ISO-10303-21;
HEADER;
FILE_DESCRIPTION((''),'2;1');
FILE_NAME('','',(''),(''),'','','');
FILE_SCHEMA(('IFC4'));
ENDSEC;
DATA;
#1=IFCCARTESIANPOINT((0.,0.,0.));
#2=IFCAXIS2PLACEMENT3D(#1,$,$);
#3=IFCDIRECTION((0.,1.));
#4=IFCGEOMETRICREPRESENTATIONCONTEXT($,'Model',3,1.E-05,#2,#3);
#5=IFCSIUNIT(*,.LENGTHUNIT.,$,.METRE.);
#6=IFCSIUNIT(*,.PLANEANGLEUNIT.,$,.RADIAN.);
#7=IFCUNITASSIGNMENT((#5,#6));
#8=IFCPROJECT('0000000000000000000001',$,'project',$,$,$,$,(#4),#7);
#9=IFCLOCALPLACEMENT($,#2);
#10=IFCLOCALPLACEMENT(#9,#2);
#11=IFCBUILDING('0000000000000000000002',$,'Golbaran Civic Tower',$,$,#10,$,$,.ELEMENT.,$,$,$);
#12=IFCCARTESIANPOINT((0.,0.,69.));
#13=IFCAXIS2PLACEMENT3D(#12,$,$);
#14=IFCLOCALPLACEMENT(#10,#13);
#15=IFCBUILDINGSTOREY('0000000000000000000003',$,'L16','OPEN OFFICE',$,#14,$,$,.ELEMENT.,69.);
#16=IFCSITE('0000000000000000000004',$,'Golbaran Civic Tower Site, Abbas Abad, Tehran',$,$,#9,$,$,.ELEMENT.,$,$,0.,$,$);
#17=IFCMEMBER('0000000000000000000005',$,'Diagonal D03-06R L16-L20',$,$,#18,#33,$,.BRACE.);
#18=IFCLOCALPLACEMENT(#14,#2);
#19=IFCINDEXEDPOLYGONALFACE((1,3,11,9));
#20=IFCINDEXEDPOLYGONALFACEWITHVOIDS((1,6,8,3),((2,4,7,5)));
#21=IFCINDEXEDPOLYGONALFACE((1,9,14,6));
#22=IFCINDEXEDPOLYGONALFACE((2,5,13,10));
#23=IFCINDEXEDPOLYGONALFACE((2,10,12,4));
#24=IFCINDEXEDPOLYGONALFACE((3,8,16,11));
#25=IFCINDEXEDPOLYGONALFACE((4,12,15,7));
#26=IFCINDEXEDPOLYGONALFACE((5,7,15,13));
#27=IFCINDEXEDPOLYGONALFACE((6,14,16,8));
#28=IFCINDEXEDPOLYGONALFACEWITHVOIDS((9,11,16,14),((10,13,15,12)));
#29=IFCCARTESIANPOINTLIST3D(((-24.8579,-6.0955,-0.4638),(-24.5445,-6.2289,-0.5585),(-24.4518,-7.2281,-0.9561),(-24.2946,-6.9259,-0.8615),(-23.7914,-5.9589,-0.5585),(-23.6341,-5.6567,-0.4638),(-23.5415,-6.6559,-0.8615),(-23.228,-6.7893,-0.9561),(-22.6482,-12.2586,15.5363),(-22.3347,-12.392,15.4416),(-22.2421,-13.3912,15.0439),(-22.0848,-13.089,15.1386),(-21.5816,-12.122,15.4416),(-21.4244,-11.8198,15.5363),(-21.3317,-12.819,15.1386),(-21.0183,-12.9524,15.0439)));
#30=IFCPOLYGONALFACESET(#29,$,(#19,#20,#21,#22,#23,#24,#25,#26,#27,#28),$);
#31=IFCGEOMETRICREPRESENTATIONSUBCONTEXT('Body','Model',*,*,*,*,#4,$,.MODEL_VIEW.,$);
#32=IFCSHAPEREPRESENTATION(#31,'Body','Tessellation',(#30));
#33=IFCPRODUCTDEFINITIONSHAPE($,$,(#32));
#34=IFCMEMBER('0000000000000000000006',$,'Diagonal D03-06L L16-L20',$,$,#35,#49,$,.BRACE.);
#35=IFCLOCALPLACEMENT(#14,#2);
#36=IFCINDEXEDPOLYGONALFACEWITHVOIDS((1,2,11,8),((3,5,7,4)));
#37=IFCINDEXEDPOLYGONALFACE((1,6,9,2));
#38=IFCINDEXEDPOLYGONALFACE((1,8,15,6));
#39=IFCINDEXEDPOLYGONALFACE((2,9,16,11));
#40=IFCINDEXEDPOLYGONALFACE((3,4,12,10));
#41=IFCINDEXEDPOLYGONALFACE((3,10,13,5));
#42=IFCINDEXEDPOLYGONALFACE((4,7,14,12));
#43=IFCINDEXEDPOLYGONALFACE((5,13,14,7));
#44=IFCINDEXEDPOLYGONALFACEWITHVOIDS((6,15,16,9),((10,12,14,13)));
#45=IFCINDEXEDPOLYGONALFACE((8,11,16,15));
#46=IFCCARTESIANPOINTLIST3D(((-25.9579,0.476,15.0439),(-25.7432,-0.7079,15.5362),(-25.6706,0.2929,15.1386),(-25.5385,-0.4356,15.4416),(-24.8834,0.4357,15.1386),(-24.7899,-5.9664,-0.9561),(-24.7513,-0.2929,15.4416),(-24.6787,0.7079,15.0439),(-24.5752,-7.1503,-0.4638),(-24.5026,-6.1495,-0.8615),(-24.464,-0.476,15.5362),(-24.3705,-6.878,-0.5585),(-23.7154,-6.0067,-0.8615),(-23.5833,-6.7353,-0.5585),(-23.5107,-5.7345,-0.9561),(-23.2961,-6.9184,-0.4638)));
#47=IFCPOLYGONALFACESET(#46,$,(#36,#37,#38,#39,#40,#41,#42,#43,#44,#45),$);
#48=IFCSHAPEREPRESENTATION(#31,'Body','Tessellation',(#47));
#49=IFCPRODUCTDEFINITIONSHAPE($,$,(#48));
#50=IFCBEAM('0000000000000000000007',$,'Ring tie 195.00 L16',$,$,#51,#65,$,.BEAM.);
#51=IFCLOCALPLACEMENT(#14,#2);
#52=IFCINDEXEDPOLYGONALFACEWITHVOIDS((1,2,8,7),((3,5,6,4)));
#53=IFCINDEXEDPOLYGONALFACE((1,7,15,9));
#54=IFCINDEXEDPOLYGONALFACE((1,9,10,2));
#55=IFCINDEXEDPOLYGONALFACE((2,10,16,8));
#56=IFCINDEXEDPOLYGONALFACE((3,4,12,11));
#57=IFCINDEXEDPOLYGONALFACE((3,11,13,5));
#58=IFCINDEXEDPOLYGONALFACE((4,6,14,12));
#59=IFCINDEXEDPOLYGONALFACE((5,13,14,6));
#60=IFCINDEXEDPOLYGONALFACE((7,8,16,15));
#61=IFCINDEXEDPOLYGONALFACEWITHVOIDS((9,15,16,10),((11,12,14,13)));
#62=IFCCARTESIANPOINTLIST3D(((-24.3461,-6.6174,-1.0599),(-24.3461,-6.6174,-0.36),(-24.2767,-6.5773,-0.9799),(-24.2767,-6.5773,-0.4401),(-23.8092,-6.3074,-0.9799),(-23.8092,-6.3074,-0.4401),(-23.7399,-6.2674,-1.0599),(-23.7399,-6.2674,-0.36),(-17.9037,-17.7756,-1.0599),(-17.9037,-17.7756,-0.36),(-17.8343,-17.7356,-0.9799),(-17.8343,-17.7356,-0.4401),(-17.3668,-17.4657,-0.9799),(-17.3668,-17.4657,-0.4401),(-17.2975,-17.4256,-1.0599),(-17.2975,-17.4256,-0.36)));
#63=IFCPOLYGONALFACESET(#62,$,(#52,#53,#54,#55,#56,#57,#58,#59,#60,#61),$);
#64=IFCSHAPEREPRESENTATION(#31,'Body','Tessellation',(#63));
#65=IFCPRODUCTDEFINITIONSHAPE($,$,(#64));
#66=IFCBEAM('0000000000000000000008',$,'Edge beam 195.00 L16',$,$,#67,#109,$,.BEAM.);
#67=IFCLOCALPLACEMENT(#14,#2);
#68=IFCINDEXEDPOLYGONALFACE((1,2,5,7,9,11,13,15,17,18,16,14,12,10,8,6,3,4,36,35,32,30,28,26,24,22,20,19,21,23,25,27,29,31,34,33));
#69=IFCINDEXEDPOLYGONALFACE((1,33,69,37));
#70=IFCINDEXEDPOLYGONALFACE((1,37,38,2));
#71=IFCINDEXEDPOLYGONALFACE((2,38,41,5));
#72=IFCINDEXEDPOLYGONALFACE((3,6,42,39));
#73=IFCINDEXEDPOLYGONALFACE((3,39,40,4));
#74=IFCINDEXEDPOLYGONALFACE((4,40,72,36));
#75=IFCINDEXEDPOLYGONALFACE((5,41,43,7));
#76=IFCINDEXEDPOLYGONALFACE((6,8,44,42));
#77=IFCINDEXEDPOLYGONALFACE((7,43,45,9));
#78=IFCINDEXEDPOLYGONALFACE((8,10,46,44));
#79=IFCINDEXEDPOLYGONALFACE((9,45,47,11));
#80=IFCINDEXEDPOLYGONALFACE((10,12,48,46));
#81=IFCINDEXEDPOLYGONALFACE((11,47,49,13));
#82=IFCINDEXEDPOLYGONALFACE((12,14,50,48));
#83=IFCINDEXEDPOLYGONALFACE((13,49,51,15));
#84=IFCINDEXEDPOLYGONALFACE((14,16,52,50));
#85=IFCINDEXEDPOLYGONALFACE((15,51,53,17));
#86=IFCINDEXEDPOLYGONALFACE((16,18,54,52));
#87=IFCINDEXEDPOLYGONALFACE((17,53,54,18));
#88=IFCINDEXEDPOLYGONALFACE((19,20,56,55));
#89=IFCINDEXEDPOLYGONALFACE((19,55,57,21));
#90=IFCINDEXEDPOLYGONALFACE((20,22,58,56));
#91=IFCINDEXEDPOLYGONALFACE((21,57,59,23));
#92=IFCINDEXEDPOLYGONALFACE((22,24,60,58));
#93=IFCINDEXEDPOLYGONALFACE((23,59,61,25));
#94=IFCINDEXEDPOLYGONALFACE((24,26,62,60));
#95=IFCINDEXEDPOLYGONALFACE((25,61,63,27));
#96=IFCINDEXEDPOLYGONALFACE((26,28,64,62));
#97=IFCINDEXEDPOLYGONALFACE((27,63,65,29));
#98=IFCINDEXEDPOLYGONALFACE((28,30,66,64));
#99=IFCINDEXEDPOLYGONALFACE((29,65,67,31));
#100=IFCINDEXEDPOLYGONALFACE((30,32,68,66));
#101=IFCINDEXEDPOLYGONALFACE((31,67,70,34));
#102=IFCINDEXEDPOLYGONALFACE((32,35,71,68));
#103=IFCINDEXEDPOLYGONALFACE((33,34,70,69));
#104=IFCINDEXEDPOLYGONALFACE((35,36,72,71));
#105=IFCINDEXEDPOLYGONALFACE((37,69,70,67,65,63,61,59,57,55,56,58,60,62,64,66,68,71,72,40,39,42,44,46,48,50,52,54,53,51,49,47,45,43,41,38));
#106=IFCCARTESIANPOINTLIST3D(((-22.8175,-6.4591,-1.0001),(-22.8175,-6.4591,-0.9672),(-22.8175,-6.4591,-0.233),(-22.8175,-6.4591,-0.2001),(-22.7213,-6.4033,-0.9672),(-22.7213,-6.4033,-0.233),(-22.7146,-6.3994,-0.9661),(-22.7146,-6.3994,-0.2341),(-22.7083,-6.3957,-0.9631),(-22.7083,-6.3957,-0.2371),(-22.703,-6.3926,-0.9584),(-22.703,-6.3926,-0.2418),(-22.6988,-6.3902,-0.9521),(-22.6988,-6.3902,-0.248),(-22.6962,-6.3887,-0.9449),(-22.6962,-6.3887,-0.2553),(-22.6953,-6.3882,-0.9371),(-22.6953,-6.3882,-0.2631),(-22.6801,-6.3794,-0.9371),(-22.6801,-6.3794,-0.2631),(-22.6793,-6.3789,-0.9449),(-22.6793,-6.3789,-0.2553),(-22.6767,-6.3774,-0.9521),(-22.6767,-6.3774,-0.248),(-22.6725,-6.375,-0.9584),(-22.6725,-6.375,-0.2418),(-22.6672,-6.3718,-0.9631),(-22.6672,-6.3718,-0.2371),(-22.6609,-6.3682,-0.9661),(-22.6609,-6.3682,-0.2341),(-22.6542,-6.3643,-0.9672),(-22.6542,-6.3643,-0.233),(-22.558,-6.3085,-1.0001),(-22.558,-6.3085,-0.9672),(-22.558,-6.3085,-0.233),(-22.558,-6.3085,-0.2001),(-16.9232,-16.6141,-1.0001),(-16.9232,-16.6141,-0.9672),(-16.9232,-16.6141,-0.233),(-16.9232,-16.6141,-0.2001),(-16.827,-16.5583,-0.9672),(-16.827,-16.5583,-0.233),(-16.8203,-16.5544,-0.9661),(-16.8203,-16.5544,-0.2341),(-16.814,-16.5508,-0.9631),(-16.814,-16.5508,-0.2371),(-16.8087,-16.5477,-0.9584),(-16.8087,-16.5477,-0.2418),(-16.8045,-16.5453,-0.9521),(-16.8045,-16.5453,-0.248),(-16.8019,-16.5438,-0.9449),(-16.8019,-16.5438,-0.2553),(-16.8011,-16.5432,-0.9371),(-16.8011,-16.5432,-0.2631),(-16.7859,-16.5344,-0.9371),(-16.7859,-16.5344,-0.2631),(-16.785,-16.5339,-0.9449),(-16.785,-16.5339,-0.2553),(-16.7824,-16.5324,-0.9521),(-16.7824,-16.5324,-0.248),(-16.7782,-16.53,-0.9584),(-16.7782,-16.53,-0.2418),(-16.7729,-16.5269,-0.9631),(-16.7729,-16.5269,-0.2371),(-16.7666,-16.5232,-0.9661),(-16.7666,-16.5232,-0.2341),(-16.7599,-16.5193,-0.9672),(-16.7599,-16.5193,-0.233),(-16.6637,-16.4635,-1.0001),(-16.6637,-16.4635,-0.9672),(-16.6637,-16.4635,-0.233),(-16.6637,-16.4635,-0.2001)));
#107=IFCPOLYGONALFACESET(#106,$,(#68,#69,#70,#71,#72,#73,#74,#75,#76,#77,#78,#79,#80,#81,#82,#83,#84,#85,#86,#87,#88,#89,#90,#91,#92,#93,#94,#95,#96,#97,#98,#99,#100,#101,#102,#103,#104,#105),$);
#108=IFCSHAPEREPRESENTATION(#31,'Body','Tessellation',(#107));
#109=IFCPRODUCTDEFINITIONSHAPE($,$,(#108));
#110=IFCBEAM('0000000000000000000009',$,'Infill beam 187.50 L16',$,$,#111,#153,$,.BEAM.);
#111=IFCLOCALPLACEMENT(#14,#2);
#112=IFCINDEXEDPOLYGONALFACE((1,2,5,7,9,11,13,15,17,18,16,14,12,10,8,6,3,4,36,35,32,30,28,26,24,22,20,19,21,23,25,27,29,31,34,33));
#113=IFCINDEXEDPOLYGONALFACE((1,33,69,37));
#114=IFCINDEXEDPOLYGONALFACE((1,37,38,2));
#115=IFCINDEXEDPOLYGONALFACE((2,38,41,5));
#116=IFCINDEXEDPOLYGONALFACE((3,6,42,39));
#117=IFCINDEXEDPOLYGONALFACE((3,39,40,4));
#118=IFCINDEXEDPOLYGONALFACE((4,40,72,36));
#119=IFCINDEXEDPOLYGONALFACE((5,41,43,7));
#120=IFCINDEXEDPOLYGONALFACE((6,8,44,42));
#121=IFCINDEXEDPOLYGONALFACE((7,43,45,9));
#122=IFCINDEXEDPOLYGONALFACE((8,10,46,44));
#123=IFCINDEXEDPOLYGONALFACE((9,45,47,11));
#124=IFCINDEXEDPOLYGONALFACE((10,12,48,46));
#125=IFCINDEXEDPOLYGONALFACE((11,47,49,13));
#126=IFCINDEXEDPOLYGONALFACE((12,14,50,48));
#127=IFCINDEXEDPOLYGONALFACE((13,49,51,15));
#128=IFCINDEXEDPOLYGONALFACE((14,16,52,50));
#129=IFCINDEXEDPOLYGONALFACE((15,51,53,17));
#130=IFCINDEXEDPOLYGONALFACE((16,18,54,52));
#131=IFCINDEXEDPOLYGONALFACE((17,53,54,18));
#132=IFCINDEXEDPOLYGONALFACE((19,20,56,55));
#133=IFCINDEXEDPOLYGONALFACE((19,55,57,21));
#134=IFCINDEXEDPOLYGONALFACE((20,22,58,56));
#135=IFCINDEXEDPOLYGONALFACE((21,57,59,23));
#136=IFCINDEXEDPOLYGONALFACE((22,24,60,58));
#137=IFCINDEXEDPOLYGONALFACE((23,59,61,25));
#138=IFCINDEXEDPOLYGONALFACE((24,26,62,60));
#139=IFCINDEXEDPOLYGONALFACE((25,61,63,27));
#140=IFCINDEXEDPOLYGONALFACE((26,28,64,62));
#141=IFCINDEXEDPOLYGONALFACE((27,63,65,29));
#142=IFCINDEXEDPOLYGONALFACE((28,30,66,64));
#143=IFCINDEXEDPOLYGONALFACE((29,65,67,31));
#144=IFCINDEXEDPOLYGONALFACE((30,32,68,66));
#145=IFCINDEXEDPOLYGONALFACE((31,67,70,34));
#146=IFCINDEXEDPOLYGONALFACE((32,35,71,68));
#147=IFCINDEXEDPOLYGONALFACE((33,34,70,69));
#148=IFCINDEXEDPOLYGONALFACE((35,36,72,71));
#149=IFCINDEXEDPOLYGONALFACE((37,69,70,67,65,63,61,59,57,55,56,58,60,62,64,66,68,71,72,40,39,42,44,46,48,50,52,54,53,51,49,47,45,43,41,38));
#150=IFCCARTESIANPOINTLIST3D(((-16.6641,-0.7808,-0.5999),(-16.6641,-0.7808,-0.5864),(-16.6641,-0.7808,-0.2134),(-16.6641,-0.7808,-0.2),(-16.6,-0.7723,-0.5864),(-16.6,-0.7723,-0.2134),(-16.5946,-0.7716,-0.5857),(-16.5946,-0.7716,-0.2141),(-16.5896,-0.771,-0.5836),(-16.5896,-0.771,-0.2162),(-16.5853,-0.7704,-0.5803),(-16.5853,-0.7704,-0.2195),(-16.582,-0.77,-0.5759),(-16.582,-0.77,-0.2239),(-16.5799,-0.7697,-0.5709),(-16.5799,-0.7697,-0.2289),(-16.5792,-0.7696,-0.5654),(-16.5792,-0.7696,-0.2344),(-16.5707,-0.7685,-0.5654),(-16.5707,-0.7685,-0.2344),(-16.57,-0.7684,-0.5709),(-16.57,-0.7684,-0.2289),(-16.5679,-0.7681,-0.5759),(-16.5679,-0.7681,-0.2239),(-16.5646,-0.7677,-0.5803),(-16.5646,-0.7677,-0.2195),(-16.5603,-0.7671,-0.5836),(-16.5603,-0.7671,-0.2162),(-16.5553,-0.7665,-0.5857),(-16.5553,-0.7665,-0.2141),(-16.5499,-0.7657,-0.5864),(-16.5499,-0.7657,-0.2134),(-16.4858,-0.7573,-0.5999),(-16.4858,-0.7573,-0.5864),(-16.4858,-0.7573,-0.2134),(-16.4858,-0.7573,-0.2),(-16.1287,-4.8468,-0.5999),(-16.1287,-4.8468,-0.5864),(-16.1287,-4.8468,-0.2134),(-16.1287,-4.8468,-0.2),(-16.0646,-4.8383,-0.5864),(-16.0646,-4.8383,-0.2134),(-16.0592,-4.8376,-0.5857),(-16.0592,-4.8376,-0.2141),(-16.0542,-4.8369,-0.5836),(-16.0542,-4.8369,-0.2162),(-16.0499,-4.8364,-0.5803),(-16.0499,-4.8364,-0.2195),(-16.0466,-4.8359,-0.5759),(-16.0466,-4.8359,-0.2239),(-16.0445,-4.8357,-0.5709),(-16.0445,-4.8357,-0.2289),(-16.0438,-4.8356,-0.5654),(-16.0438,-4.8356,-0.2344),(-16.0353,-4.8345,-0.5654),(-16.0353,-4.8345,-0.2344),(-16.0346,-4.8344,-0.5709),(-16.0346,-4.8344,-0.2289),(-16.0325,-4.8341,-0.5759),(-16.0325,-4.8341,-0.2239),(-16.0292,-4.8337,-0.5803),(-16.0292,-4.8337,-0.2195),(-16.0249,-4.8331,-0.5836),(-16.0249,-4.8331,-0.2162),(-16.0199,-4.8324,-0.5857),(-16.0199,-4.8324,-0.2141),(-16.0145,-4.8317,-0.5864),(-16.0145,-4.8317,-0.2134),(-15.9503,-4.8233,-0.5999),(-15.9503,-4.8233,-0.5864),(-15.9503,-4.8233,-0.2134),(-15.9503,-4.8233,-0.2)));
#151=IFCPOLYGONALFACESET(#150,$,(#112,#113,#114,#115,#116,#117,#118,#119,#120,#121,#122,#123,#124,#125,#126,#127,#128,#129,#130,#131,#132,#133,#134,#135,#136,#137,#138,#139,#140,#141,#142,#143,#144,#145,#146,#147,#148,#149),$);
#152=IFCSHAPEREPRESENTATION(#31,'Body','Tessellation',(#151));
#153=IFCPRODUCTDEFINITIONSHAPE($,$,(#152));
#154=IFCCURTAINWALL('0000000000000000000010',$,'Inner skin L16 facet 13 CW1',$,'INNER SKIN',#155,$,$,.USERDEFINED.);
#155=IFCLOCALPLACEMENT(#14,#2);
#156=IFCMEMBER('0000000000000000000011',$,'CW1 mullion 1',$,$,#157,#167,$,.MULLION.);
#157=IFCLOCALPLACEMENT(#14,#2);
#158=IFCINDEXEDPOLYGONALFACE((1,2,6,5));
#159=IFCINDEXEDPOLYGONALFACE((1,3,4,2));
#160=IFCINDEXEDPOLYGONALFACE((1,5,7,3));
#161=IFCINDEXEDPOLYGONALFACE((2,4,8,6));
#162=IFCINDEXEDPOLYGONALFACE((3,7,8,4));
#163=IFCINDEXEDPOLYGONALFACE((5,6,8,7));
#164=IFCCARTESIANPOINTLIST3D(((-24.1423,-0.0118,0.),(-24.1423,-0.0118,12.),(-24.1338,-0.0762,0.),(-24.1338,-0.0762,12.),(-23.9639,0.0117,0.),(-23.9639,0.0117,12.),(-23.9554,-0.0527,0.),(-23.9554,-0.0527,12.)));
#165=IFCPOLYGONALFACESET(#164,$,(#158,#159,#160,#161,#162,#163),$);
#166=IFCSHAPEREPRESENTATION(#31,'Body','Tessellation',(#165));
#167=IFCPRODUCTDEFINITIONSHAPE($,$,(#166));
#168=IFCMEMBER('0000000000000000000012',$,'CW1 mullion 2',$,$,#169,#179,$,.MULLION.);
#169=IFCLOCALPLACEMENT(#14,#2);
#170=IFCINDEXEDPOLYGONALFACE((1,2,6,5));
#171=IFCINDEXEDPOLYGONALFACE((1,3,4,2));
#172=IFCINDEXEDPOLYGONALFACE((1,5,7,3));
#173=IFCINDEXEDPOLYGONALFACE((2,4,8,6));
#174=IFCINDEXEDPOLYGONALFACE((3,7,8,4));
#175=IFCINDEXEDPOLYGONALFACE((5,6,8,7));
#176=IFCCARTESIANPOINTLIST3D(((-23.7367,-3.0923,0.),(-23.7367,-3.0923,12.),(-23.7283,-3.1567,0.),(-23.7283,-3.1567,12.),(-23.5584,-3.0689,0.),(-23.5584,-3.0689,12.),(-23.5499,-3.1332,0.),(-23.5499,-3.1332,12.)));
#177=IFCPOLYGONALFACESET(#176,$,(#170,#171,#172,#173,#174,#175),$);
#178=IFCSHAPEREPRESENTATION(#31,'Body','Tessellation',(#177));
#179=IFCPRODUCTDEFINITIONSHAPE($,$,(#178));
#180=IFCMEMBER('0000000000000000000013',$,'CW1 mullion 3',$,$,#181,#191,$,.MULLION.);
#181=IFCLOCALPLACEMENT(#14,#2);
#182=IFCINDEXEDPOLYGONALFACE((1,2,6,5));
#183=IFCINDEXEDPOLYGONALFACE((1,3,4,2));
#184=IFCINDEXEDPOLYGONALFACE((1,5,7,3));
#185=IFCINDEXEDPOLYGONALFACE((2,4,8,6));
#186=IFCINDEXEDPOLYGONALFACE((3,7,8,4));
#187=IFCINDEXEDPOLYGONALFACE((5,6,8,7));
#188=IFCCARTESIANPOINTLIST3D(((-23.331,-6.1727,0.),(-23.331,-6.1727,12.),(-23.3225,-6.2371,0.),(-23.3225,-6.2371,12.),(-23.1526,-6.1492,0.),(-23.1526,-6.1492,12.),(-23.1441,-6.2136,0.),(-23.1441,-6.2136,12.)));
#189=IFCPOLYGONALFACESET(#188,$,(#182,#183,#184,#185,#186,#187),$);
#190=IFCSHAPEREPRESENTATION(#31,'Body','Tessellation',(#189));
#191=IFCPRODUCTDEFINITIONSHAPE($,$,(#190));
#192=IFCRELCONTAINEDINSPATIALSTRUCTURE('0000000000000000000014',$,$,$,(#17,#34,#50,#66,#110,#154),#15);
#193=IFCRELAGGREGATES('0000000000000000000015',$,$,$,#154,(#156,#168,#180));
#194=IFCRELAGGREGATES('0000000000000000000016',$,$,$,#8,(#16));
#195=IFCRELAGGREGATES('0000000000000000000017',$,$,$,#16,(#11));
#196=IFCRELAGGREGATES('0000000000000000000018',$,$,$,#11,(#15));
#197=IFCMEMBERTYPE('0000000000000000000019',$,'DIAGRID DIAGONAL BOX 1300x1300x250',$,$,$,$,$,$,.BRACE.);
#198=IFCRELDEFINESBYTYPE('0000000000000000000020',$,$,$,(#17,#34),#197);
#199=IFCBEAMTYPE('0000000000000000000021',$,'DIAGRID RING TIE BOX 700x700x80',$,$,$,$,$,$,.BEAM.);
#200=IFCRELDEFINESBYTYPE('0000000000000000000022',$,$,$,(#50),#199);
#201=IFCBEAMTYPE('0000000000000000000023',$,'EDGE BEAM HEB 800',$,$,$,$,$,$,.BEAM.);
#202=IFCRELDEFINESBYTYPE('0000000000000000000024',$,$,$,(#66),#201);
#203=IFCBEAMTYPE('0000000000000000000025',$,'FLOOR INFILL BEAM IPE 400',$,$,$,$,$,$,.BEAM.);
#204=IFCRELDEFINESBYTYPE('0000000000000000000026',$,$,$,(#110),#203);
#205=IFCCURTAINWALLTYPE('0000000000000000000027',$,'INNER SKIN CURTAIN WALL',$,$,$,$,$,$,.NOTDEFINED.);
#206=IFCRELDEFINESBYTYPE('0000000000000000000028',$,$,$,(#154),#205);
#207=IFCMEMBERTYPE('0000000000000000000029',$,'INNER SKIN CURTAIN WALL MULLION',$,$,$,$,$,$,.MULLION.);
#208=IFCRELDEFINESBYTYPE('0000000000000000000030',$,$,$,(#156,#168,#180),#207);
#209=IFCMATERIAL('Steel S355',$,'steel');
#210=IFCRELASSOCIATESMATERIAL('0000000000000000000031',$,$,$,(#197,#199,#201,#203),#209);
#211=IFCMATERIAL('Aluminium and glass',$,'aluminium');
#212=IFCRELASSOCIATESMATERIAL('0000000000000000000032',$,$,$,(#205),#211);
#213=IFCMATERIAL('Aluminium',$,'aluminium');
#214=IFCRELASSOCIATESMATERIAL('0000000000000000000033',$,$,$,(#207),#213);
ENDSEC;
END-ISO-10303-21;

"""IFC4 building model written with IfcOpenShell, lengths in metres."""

from ifc_helpers import new_model, si_unit, direction, frame, origin, origin_2d, place, context, subcontext, project, spatial, rectangle, hollow_rectangle, i_section, extrude, material, material_profile, profile_set, type_object, element, aggregate, save


model = new_model("IFC4")

# Units and contexts
model_context = context("Model", 3, precision=1e-05, world=origin(), true_north=direction((0.0, 1.0)))
body_context = subcontext(model_context, "Body", "Model", "MODEL_VIEW")
ifc_project = project(units=[si_unit("LENGTHUNIT", "METRE"), si_unit("PLANEANGLEUNIT", "RADIAN")], contexts=[model_context])

# Site, building, storey
site_placement = place(None, origin())
site = spatial("IfcSite", under=ifc_project, at=site_placement, Name="Golbaran Civic Tower Site, Abbas Abad, Tehran", CompositionType="ELEMENT", RefElevation=0.0)
building_placement = place(site_placement, origin())
building = spatial("IfcBuilding", under=site, at=building_placement, Name="Golbaran Civic Tower", CompositionType="ELEMENT")
storey_placement = place(building_placement, frame((0.0, 0.0, 69.0)))
storey = spatial("IfcBuildingStorey", under=building, at=storey_placement, Name="L16", Description="OPEN OFFICE", CompositionType="ELEMENT", Elevation=69.0)

# Members
ifc_material_1 = material(Name="Steel S355", Category="steel")
ifc_material_profile_1 = material_profile(ifc_material_1, hollow_rectangle(XDim=1.3, YDim=1.3, WallThickness=0.25, at=origin_2d()), Name="BOX 1300x1300x250")
ifc_profile_set_1 = profile_set([ifc_material_profile_1], Name="Steel S355")
member_type_1 = type_object("IfcMemberType", Name="DIAGRID DIAGONAL BOX 1300x1300x250", PredefinedType="BRACE", material=ifc_profile_set_1)
for number, where, z_axis, x_axis, name in (
    (1, (-24.043, -6.4424, -0.71), (0.12782, -0.3565, 0.925511), (0.941324, 0.337503, 0.0), "Diagonal D03-06R L16-L20"),
    (2, (-24.043, -6.4424, -0.71), (-0.06756, 0.372655, 0.925508), (-0.98396, -0.178387, 0.0), "Diagonal D03-06L L16-L20"),
):
    element("IfcMember", number, at=place(storey_placement, frame(where, z_axis=z_axis, x_axis=x_axis)), inside=storey, type_object=member_type_1, Name=name, PredefinedType="BRACE", context=body_context, shape_type="SweptSolid", body=[
        extrude(hollow_rectangle(XDim=1.3, YDim=1.3, WallThickness=0.25, at=origin_2d()), origin(), (0.0, 0.0, 1.0), 17.2878),
    ])

# Beams
ifc_material_profile_2 = material_profile(ifc_material_1, hollow_rectangle(XDim=0.7, YDim=0.7, WallThickness=0.0801, at=origin_2d()), Name="BOX 700x700x80")
ifc_profile_set_2 = profile_set([ifc_material_profile_2], Name="Steel S355")
beam_type_1 = type_object("IfcBeamType", Name="DIAGRID RING TIE BOX 700x700x80", PredefinedType="BEAM", material=ifc_profile_set_2)
beam_1_placement = place(storey_placement, frame((-24.043, -6.4424, -0.71), z_axis=(0.500011, -0.866019, 0.0), x_axis=(0.866019, 0.500011, 0.0)))
element("IfcBeam", 3, at=beam_1_placement, inside=storey, type_object=beam_type_1, Name="Ring tie 195.00 L16", PredefinedType="BEAM", context=body_context, shape_type="SweptSolid", body=[
    extrude(hollow_rectangle(XDim=0.7, YDim=0.7, WallThickness=0.0801, at=origin_2d()), origin(), (0.0, 0.0, 1.0), 12.8845),
])
ifc_material_profile_3 = material_profile(ifc_material_1, i_section(OverallWidth=0.3, OverallDepth=0.8, WebThickness=0.0176, FlangeThickness=0.033, FilletRadius=0.03, at=origin_2d()), Name="HEB 800")
ifc_profile_set_3 = profile_set([ifc_material_profile_3], Name="Steel S355")
beam_type_2 = type_object("IfcBeamType", Name="EDGE BEAM HEB 800", PredefinedType="BEAM", material=ifc_profile_set_3)
beam_2_placement = place(storey_placement, frame((-22.6877, -6.3838, -0.6001), z_axis=(0.501997, -0.86487, 0.0), x_axis=(0.86487, 0.501997, 0.0)))
element("IfcBeam", 4, at=beam_2_placement, inside=storey, type_object=beam_type_2, Name="Edge beam 195.00 L16", PredefinedType="BEAM", context=body_context, shape_type="SweptSolid", body=[
    extrude(i_section(OverallWidth=0.3, OverallDepth=0.8, WebThickness=0.0176, FlangeThickness=0.033, FilletRadius=0.03, at=origin_2d()), origin(), (0.0, 0.0, 1.0), 11.7417),
])
ifc_material_profile_4 = material_profile(ifc_material_1, i_section(OverallWidth=0.1799, OverallDepth=0.3999, WebThickness=0.0085, FlangeThickness=0.0134, FilletRadius=0.021, at=origin_2d()), Name="IPE 400")
ifc_profile_set_4 = profile_set([ifc_material_profile_4], Name="Steel S355")
beam_type_3 = type_object("IfcBeamType", Name="FLOOR INFILL BEAM IPE 400", PredefinedType="BEAM", material=ifc_profile_set_4)
beam_3_placement = place(storey_placement, frame((-16.575, -0.769, -0.3999), z_axis=(0.130553, -0.991441, 0.0), x_axis=(0.991441, 0.130553, 0.0)))
element("IfcBeam", 5, at=beam_3_placement, inside=storey, type_object=beam_type_3, Name="Infill beam 187.50 L16", PredefinedType="BEAM", context=body_context, shape_type="SweptSolid", body=[
    extrude(i_section(OverallWidth=0.1799, OverallDepth=0.3999, WebThickness=0.0085, FlangeThickness=0.0134, FilletRadius=0.021, at=origin_2d()), origin(), (0.0, 0.0, 1.0), 4.1011),
])

# Curtain wall, members
ifc_material_2 = material(Name="Aluminium and glass", Category="aluminium")
curtain_wall_type_1 = type_object("IfcCurtainWallType", Name="INNER SKIN CURTAIN WALL", PredefinedType="NOTDEFINED", material=ifc_material_2)
curtain_wall_1_placement = place(storey_placement, origin())
curtain_wall_1 = element("IfcCurtainWall", 6, at=curtain_wall_1_placement, inside=storey, type_object=curtain_wall_type_1, Name="Inner skin L16 facet 13 CW1", ObjectType="INNER SKIN", PredefinedType="USERDEFINED")
ifc_material_3 = material(Name="Aluminium", Category="aluminium")
ifc_material_profile_5 = material_profile(ifc_material_3, rectangle(XDim=0.1799, YDim=0.0649, at=origin_2d()), Name="INNER SKIN CURTAIN WALL MULLION")
ifc_profile_set_5 = profile_set([ifc_material_profile_5], Name="Aluminium")
member_type_2 = type_object("IfcMemberType", Name="INNER SKIN CURTAIN WALL MULLION", PredefinedType="MULLION", material=ifc_profile_set_5)
member_1_placement = place(storey_placement, frame((-24.0488, -0.0322, 0.0), z_axis=(0.0, 0.0, 1.0), x_axis=(0.991445, 0.130526, 0.0)))
member_1 = element("IfcMember", 7, at=member_1_placement, type_object=member_type_2, Name="CW1 mullion 1", PredefinedType="MULLION", context=body_context, shape_type="SweptSolid", body=[
    extrude(rectangle(XDim=0.1799, YDim=0.0649, at=origin_2d()), origin(), (0.0, 0.0, 1.0), 12.0),
])
member_2_placement = place(storey_placement, frame((-23.6433, -3.1128, 0.0), z_axis=(0.0, 0.0, 1.0), x_axis=(0.991445, 0.130526, 0.0)))
member_2 = element("IfcMember", 8, at=member_2_placement, type_object=member_type_2, Name="CW1 mullion 2", PredefinedType="MULLION", context=body_context, shape_type="SweptSolid", body=[
    extrude(rectangle(XDim=0.1799, YDim=0.0649, at=origin_2d()), origin(), (0.0, 0.0, 1.0), 12.0),
])
member_3_placement = place(storey_placement, frame((-23.2375, -6.1931, 0.0), z_axis=(0.0, 0.0, 1.0), x_axis=(0.991445, 0.130526, 0.0)))
member_3 = element("IfcMember", 9, at=member_3_placement, type_object=member_type_2, Name="CW1 mullion 3", PredefinedType="MULLION", context=body_context, shape_type="SweptSolid", body=[
    extrude(rectangle(XDim=0.1799, YDim=0.0649, at=origin_2d()), origin(), (0.0, 0.0, 1.0), 12.0),
])

aggregate(curtain_wall_1, [member_1, member_2, member_3])

save(model, "model.ifc")
